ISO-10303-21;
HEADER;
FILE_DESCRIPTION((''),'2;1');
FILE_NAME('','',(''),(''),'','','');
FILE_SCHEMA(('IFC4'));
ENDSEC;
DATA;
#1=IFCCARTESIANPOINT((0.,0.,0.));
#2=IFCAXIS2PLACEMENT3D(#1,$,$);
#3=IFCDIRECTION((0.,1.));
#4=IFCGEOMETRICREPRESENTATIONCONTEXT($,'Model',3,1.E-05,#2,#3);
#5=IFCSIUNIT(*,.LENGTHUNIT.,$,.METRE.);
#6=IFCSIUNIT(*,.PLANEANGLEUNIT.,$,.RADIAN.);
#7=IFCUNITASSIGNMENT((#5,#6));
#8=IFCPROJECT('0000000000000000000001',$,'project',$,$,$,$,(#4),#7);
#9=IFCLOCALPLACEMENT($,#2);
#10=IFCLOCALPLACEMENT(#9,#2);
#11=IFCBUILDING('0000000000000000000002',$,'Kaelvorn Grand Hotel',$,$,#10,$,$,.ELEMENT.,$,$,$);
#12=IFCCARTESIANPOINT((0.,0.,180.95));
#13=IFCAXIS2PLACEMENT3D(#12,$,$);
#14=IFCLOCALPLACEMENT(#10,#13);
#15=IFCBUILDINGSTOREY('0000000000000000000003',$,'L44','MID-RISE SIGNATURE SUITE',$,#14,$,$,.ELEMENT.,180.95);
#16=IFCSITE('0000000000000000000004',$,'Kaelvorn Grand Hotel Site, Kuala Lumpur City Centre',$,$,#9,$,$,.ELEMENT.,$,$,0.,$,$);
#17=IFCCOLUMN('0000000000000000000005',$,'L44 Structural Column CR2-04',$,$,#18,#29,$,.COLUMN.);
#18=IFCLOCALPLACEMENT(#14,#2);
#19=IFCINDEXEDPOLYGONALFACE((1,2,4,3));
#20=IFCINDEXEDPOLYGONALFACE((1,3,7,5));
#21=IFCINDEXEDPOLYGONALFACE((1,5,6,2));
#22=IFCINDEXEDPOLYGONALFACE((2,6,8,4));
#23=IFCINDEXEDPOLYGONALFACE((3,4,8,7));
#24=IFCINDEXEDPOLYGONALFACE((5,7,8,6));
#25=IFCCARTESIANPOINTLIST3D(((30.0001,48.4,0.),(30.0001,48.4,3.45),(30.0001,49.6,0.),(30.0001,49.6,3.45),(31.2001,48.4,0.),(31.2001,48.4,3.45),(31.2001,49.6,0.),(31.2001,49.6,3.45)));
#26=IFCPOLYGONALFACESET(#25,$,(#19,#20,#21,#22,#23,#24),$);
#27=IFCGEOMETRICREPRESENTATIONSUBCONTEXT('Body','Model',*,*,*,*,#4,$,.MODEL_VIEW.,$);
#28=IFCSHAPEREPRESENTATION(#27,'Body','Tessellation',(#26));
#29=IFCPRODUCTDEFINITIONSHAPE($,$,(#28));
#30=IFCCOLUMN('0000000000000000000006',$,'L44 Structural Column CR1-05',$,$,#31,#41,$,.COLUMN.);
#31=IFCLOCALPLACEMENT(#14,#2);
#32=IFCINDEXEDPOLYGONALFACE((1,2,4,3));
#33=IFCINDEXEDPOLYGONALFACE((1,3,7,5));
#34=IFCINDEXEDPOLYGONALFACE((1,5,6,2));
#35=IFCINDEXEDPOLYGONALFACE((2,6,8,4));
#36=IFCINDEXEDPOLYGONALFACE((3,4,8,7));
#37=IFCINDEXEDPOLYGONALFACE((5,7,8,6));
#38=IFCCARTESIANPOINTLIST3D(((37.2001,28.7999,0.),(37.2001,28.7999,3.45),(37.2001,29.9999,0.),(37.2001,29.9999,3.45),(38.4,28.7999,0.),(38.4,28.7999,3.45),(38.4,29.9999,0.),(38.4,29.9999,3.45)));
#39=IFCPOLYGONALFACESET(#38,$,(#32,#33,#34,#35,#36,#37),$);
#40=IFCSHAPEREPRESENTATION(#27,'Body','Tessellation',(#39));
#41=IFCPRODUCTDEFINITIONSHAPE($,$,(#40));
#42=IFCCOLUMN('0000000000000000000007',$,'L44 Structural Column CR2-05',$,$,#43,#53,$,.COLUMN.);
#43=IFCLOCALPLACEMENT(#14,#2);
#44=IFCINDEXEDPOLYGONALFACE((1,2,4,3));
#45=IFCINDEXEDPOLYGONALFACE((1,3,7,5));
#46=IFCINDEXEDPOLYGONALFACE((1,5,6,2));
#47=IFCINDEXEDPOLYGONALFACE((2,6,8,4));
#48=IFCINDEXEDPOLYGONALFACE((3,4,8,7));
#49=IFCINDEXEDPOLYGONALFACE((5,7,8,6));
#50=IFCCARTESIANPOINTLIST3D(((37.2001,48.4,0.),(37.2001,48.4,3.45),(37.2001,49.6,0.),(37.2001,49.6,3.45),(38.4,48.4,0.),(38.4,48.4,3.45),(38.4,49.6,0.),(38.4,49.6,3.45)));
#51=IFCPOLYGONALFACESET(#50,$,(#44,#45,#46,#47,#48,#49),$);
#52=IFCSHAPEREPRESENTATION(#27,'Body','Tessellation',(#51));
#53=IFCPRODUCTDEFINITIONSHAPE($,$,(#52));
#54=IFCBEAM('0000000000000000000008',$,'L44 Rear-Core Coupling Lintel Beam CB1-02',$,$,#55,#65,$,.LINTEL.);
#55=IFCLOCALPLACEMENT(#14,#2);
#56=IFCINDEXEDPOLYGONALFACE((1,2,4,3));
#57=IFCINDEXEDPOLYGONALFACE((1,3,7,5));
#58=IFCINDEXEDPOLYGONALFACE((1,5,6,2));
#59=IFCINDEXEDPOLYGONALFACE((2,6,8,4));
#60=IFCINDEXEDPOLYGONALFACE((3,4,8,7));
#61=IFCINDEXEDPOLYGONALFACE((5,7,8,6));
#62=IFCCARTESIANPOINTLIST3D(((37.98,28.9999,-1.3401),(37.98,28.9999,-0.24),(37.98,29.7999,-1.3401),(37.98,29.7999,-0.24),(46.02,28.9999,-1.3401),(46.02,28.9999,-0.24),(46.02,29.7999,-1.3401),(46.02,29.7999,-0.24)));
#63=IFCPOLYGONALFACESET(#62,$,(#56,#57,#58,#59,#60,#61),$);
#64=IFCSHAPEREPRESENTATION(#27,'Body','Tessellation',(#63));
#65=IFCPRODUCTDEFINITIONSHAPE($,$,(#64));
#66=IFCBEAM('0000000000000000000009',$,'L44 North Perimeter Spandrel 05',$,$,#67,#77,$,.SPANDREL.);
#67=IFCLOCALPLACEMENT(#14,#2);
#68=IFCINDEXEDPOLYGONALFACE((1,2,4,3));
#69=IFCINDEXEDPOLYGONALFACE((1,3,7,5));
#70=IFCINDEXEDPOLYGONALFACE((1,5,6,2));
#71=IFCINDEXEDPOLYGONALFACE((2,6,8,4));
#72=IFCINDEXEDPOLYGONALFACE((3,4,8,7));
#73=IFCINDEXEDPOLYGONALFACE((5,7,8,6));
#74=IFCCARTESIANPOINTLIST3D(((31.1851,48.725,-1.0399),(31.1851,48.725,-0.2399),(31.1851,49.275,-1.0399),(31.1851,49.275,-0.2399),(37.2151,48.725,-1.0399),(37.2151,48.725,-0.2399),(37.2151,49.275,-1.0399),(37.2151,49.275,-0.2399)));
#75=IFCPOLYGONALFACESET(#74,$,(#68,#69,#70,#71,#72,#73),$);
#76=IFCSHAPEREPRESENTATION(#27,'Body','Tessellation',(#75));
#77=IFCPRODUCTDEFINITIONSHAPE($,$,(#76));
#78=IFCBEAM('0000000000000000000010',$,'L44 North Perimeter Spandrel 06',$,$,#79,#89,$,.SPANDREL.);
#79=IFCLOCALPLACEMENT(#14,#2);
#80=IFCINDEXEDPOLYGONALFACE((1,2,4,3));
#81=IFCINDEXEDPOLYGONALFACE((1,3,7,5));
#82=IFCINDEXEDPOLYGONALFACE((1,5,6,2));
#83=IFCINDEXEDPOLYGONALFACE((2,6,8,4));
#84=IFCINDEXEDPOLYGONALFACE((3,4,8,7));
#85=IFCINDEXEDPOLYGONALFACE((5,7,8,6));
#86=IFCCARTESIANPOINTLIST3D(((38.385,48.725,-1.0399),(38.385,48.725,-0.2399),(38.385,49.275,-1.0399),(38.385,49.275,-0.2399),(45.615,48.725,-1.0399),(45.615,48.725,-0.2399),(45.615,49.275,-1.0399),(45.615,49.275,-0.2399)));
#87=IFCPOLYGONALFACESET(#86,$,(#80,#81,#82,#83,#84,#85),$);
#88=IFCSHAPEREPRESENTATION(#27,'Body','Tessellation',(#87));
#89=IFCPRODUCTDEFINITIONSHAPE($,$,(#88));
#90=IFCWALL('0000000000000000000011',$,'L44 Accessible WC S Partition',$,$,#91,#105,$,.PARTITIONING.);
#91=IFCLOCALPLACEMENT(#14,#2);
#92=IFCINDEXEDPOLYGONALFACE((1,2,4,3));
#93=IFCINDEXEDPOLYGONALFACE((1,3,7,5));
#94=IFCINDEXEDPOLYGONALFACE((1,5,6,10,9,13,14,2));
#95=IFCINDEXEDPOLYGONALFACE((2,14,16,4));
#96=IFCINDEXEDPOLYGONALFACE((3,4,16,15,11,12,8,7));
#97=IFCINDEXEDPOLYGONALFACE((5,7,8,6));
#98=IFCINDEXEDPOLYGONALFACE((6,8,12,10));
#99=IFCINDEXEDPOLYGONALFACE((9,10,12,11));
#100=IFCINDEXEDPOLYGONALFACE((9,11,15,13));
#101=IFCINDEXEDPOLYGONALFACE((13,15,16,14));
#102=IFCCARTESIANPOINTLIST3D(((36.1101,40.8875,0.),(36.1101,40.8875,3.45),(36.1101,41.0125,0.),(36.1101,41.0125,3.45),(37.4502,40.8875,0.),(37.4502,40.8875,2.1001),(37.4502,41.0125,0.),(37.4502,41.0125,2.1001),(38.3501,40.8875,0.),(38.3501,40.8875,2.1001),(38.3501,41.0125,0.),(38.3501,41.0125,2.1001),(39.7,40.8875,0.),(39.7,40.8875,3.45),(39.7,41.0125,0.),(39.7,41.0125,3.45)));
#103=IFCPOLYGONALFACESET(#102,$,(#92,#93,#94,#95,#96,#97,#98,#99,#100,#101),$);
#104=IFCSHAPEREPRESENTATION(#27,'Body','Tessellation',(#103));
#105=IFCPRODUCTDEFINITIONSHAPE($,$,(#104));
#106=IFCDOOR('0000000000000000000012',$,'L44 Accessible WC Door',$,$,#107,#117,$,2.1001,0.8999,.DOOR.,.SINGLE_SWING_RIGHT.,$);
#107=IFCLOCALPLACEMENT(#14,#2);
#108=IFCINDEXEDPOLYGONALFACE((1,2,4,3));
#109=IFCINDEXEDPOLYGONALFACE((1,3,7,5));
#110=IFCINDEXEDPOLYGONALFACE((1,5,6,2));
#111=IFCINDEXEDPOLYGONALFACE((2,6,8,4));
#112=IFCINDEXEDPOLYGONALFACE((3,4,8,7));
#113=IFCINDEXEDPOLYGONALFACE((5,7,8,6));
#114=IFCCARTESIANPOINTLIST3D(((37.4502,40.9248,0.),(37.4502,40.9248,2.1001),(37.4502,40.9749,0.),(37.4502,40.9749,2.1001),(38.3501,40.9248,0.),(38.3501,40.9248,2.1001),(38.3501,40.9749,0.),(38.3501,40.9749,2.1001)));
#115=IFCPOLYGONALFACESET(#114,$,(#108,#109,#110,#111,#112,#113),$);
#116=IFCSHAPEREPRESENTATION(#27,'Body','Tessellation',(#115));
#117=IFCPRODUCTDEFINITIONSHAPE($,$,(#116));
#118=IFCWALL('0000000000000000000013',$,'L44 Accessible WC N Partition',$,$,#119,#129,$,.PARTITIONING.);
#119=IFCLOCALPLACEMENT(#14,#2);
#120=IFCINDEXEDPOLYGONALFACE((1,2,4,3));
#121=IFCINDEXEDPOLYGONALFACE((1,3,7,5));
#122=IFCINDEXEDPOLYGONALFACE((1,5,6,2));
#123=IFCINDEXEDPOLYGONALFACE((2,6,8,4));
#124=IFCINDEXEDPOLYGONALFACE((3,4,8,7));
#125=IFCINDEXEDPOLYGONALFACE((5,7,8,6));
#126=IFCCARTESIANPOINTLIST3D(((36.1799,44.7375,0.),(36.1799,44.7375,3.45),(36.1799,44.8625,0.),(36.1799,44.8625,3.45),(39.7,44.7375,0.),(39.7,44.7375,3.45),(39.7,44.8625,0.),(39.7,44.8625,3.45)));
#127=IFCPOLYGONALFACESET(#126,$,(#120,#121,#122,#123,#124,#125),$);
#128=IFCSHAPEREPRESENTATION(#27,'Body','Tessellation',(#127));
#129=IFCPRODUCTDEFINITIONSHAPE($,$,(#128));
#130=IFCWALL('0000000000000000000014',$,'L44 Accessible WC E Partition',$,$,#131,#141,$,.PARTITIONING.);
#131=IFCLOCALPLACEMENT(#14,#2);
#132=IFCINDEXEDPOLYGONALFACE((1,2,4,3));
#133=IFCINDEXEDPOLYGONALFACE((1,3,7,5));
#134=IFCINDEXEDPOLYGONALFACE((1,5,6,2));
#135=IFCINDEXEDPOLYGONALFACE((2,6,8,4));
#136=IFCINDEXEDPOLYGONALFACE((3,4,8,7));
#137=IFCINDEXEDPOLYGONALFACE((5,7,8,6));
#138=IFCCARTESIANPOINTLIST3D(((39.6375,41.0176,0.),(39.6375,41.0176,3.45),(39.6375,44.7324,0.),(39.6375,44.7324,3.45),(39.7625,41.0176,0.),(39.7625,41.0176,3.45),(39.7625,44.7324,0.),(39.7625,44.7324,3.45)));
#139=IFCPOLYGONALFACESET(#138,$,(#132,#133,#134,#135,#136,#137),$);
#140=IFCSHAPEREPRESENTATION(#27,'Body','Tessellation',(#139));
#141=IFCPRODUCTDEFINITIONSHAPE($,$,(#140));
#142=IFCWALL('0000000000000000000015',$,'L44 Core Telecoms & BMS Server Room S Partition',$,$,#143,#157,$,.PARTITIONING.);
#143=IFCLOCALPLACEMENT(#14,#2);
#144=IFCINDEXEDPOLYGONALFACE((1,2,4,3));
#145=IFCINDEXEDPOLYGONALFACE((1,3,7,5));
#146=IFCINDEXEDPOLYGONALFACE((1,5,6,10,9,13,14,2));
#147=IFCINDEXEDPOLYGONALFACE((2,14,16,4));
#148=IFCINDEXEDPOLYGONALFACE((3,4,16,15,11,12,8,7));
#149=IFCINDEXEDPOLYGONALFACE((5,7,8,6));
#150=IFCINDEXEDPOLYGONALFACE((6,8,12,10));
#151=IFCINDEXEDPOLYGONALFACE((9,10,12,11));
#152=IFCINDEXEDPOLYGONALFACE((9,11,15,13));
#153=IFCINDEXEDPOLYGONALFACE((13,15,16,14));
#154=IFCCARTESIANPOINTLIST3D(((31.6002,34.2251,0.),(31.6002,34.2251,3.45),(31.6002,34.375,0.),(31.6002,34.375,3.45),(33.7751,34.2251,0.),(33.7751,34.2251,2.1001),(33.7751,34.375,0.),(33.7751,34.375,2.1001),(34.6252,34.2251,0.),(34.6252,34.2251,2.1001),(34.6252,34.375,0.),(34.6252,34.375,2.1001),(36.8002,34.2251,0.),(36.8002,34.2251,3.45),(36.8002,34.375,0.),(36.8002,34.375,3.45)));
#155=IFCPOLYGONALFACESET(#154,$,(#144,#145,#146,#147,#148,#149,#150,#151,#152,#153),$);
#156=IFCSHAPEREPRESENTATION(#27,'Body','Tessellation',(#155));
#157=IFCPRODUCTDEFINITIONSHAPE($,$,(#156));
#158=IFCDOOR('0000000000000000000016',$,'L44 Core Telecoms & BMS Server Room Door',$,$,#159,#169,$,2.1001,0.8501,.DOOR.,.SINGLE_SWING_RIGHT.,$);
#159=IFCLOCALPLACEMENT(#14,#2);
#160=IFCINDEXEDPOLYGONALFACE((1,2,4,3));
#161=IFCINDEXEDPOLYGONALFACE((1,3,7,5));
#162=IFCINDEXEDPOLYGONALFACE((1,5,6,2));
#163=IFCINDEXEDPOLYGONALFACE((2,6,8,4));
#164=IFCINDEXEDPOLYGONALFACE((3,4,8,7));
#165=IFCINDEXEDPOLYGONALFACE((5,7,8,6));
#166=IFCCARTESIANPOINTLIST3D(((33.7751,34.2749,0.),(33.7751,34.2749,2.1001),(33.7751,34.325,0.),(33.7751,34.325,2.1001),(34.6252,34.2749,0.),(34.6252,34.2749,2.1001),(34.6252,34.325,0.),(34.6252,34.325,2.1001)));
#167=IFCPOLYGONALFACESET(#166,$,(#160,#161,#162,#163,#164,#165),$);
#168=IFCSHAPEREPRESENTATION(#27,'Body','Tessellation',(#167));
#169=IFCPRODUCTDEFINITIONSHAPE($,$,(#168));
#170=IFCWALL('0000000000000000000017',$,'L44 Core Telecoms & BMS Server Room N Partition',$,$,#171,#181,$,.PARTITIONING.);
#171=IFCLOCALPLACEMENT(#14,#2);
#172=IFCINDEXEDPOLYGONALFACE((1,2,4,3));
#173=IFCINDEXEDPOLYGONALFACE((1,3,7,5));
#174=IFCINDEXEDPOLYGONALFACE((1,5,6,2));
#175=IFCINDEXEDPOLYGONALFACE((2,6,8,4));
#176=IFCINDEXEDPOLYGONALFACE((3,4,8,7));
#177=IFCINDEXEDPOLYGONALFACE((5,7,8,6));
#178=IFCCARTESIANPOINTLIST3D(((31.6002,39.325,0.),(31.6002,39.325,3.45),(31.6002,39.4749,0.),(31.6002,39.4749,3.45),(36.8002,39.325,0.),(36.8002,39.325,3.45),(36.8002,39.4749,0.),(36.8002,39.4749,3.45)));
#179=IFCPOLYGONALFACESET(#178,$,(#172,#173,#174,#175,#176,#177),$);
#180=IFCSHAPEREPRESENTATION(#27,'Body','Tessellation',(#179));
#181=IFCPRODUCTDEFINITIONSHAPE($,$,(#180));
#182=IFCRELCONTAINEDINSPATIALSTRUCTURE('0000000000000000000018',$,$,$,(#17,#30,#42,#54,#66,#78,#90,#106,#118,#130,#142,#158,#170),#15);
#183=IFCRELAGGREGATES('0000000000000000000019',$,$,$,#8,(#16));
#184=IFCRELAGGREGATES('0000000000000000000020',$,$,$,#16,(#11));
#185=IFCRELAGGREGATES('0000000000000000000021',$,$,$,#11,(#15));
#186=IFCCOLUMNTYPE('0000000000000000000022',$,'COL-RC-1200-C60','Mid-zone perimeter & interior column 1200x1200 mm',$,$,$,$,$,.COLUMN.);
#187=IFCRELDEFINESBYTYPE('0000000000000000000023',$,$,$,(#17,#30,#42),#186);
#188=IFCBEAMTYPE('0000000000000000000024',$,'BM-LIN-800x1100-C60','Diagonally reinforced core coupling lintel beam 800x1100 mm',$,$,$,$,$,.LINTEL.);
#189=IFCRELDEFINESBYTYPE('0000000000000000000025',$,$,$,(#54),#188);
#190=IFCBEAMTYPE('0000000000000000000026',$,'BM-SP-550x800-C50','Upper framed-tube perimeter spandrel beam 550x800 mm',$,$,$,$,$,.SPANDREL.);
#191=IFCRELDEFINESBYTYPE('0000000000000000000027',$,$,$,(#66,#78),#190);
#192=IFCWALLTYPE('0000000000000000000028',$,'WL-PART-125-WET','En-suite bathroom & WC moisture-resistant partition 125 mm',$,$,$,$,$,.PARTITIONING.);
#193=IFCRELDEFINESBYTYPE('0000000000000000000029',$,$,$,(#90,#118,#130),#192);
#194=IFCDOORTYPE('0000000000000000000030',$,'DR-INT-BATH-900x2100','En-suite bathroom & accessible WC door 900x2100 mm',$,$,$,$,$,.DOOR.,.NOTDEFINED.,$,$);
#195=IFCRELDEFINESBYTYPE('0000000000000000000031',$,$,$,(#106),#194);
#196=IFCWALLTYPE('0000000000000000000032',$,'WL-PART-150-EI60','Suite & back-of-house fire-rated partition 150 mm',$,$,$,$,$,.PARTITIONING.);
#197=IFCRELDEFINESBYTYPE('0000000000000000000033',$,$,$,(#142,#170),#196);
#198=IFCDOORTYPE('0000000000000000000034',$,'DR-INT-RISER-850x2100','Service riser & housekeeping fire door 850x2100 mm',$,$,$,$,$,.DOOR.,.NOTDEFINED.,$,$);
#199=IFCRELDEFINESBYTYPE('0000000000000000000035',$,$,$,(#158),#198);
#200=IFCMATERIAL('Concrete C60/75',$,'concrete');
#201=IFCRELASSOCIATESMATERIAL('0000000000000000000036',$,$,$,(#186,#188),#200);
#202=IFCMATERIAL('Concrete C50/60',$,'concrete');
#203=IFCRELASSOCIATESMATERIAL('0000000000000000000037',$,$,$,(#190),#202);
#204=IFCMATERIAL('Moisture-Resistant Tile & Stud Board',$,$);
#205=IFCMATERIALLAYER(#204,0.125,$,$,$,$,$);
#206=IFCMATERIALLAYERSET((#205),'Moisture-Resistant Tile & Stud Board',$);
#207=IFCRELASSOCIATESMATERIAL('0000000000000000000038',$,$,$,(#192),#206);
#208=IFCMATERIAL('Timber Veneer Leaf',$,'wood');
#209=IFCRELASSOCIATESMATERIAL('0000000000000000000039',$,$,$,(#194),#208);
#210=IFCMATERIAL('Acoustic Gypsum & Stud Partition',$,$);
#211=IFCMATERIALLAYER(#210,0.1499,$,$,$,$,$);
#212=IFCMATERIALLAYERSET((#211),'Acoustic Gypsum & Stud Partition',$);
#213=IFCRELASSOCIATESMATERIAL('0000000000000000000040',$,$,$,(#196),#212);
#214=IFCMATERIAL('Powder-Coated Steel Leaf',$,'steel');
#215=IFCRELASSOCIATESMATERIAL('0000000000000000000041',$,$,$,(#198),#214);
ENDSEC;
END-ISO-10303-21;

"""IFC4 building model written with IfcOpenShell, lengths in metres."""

from ifc_helpers import new_model, si_unit, direction, frame, frame_2d, origin, origin_2d, place, context, subcontext, project, spatial, rectangle, extrude, material, layer, layer_set, material_profile, profile_set, type_object, element, fill, save


model = new_model("IFC4")

# Units and contexts
model_context = context("Model", 3, precision=1e-05, world=origin(), true_north=direction((0.0, 1.0)))
body_context = subcontext(model_context, "Body", "Model", "MODEL_VIEW")
ifc_project = project(units=[si_unit("LENGTHUNIT", "METRE"), si_unit("PLANEANGLEUNIT", "RADIAN")], contexts=[model_context])

# Site, building, storey
site_placement = place(None, origin())
site = spatial("IfcSite", under=ifc_project, at=site_placement, Name="Kaelvorn Grand Hotel Site, Kuala Lumpur City Centre", CompositionType="ELEMENT", RefElevation=0.0)
building_placement = place(site_placement, origin())
building = spatial("IfcBuilding", under=site, at=building_placement, Name="Kaelvorn Grand Hotel", CompositionType="ELEMENT")
storey_placement = place(building_placement, frame((0.0, 0.0, 180.95)))
storey = spatial("IfcBuildingStorey", under=building, at=storey_placement, Name="L44", Description="MID-RISE SIGNATURE SUITE", CompositionType="ELEMENT", Elevation=180.95)

# Columns
ifc_material_1 = material(Name="Concrete C60/75", Category="concrete")
ifc_material_profile_1 = material_profile(ifc_material_1, rectangle(XDim=1.2, YDim=1.2, at=origin_2d()), Name="RC COL 1200x1200")
ifc_profile_set_1 = profile_set([ifc_material_profile_1], Name="Concrete C60/75")
column_type = type_object("IfcColumnType", Name="COL-RC-1200-C60", Description="Mid-zone perimeter & interior column 1200x1200 mm", PredefinedType="COLUMN", material=ifc_profile_set_1)
for number, where, z_axis, x_axis, name in (
    (1, (30.6001, 49.0, 0.0), (0.0, 0.0, 1.0), (1.0, 0.0, 0.0), "L44 Structural Column CR2-04"),
    (2, (37.8, 29.3999, 0.0), (0.0, 0.0, 1.0), (1.0, 0.0, 0.0), "L44 Structural Column CR1-05"),
    (3, (37.8, 49.0, 0.0), (0.0, 0.0, 1.0), (1.0, 0.0, 0.0), "L44 Structural Column CR2-05"),
):
    element("IfcColumn", number, at=place(storey_placement, frame(where, z_axis=z_axis, x_axis=x_axis)), inside=storey, type_object=column_type, Name=name, PredefinedType="COLUMN", context=body_context, shape_type="SweptSolid", body=[
        extrude(rectangle(XDim=1.2, YDim=1.2, at=origin_2d()), origin(), (0.0, 0.0, 1.0), 3.45),
    ])

# Beams
ifc_material_profile_2 = material_profile(ifc_material_1, rectangle(XDim=0.8, YDim=1.1001, at=origin_2d()), Name="RC LINTEL 800x1100")
ifc_profile_set_2 = profile_set([ifc_material_profile_2], Name="Concrete C60/75")
beam_type_1 = type_object("IfcBeamType", Name="BM-LIN-800x1100-C60", Description="Diagonally reinforced core coupling lintel beam 800x1100 mm", PredefinedType="LINTEL", material=ifc_profile_set_2)
beam_1_placement = place(storey_placement, frame((37.98, 29.3999, -0.79), z_axis=(1.0, 0.0, 0.0), x_axis=(0.0, 1.0, 0.0)))
element("IfcBeam", 4, at=beam_1_placement, inside=storey, type_object=beam_type_1, Name="L44 Rear-Core Coupling Lintel Beam CB1-02", PredefinedType="LINTEL", context=body_context, shape_type="SweptSolid", body=[
    extrude(rectangle(XDim=0.8, YDim=1.1001, at=origin_2d()), origin(), (0.0, 0.0, 1.0), 8.04),
])
ifc_material_2 = material(Name="Concrete C50/60", Category="concrete")
ifc_material_profile_3 = material_profile(ifc_material_2, rectangle(XDim=0.55, YDim=0.8, at=origin_2d()), Name="RC SPANDREL 550x800")
ifc_profile_set_3 = profile_set([ifc_material_profile_3], Name="Concrete C50/60")
beam_type_2 = type_object("IfcBeamType", Name="BM-SP-550x800-C50", Description="Upper framed-tube perimeter spandrel beam 550x800 mm", PredefinedType="SPANDREL", material=ifc_profile_set_3)
beam_2_placement = place(storey_placement, frame((31.1851, 49.0, -0.6399), z_axis=(1.0, 0.0, 0.0), x_axis=(0.0, 1.0, 0.0)))
element("IfcBeam", 5, at=beam_2_placement, inside=storey, type_object=beam_type_2, Name="L44 North Perimeter Spandrel 05", PredefinedType="SPANDREL", context=body_context, shape_type="SweptSolid", body=[
    extrude(rectangle(XDim=0.55, YDim=0.8, at=origin_2d()), origin(), (0.0, 0.0, 1.0), 6.03),
])
beam_3_placement = place(storey_placement, frame((38.385, 49.0, -0.6399), z_axis=(1.0, 0.0, 0.0), x_axis=(0.0, 1.0, 0.0)))
element("IfcBeam", 6, at=beam_3_placement, inside=storey, type_object=beam_type_2, Name="L44 North Perimeter Spandrel 06", PredefinedType="SPANDREL", context=body_context, shape_type="SweptSolid", body=[
    extrude(rectangle(XDim=0.55, YDim=0.8, at=origin_2d()), origin(), (0.0, 0.0, 1.0), 7.23),
])

# Wall, opening, door
ifc_material_3 = material(Name="Moisture-Resistant Tile & Stud Board")
ifc_layer_1 = layer(ifc_material_3, 0.125)
ifc_layer_set_1 = layer_set([ifc_layer_1], Name="Moisture-Resistant Tile & Stud Board")
wall_type_1 = type_object("IfcWallType", Name="WL-PART-125-WET", Description="En-suite bathroom & WC moisture-resistant partition 125 mm", PredefinedType="PARTITIONING", material=ifc_layer_set_1)
wall_1_placement = place(storey_placement, frame((36.1101, 40.95, 0.0), z_axis=(0.0, 0.0, 1.0), x_axis=(1.0, 0.0, 0.0)))
wall_1 = element("IfcWall", 7, at=wall_1_placement, inside=storey, type_object=wall_type_1, Name="L44 Accessible WC S Partition", PredefinedType="PARTITIONING", context=body_context, shape_type="SweptSolid", body=[
    extrude(rectangle(XDim=3.5898, YDim=0.125, at=frame_2d((1.7949, 0.0))), origin(), (0.0, 0.0, 1.0), 3.45),
])
opening_1_placement = place(wall_1_placement, frame((1.3401, 0.0, 0.0)))
opening_1 = element("IfcOpeningElement", 8, at=opening_1_placement, cuts=wall_1, PredefinedType="OPENING", context=body_context, shape_type="SweptSolid", body=[
    extrude(rectangle(XDim=0.8999, YDim=2.1001, at=frame_2d((0.45, 1.05))), frame((0.0, 0.0725, 0.0), z_axis=(0.0, -1.0, 0.0), x_axis=(1.0, 0.0, 0.0)), (0.0, 0.0, 1.0), 0.145),
])
ifc_material_4 = material(Name="Timber Veneer Leaf", Category="wood")
door_type_1 = type_object("IfcDoorType", Name="DR-INT-BATH-900x2100", Description="En-suite bathroom & accessible WC door 900x2100 mm", OperationType="NOTDEFINED", PredefinedType="DOOR", material=ifc_material_4)
door_1_placement = place(opening_1_placement, origin())
door_1 = element("IfcDoor", 9, at=door_1_placement, inside=storey, type_object=door_type_1, Name="L44 Accessible WC Door", OperationType="SINGLE_SWING_RIGHT", OverallHeight=2.1001, OverallWidth=0.8999, PredefinedType="DOOR", context=body_context, shape_type="SweptSolid", body=[
    extrude(rectangle(XDim=0.8999, YDim=2.1001, at=frame_2d((0.45, 1.05))), frame((0.0, 0.0249, 0.0), z_axis=(0.0, -1.0, 0.0), x_axis=(1.0, 0.0, 0.0)), (0.0, 0.0, 1.0), 0.05),
])
fill(opening_1, door_1)

# Walls
wall_2_placement = place(storey_placement, frame((36.1799, 44.8, 0.0), z_axis=(0.0, 0.0, 1.0), x_axis=(1.0, 0.0, 0.0)))
element("IfcWall", 10, at=wall_2_placement, inside=storey, type_object=wall_type_1, Name="L44 Accessible WC N Partition", PredefinedType="PARTITIONING", context=body_context, shape_type="SweptSolid", body=[
    extrude(rectangle(XDim=3.52, YDim=0.125, at=frame_2d((1.76, 0.0))), origin(), (0.0, 0.0, 1.0), 3.45),
])
wall_3_placement = place(storey_placement, frame((39.7, 41.0176, 0.0), z_axis=(0.0, 0.0, 1.0), x_axis=(0.0, 1.0, 0.0)))
element("IfcWall", 11, at=wall_3_placement, inside=storey, type_object=wall_type_1, Name="L44 Accessible WC E Partition", PredefinedType="PARTITIONING", context=body_context, shape_type="SweptSolid", body=[
    extrude(rectangle(XDim=3.7148, YDim=0.125, at=frame_2d((1.8574, 0.0))), origin(), (0.0, 0.0, 1.0), 3.45),
])

# Wall, opening, door
ifc_material_5 = material(Name="Acoustic Gypsum & Stud Partition")
ifc_layer_2 = layer(ifc_material_5, 0.1499)
ifc_layer_set_2 = layer_set([ifc_layer_2], Name="Acoustic Gypsum & Stud Partition")
wall_type_2 = type_object("IfcWallType", Name="WL-PART-150-EI60", Description="Suite & back-of-house fire-rated partition 150 mm", PredefinedType="PARTITIONING", material=ifc_layer_set_2)
wall_4_placement = place(storey_placement, frame((31.6001, 34.3, 0.0), z_axis=(0.0, 0.0, 1.0), x_axis=(1.0, 0.0, 0.0)))
wall_4 = element("IfcWall", 12, at=wall_4_placement, inside=storey, type_object=wall_type_2, Name="L44 Core Telecoms & BMS Server Room S Partition", PredefinedType="PARTITIONING", context=body_context, shape_type="SweptSolid", body=[
    extrude(rectangle(XDim=5.2, YDim=0.1499, at=frame_2d((2.6001, 0.0))), origin(), (0.0, 0.0, 1.0), 3.45),
])
opening_2_placement = place(wall_4_placement, frame((2.175, 0.0, 0.0)))
opening_2 = element("IfcOpeningElement", 13, at=opening_2_placement, cuts=wall_4, PredefinedType="OPENING", context=body_context, shape_type="SweptSolid", body=[
    extrude(rectangle(XDim=0.8501, YDim=2.1001, at=frame_2d((0.425, 1.05))), frame((0.0, 0.085, 0.0), z_axis=(0.0, -1.0, 0.0), x_axis=(1.0, 0.0, 0.0)), (0.0, 0.0, 1.0), 0.1699),
])
ifc_material_6 = material(Name="Powder-Coated Steel Leaf", Category="steel")
door_type_2 = type_object("IfcDoorType", Name="DR-INT-RISER-850x2100", Description="Service riser & housekeeping fire door 850x2100 mm", OperationType="NOTDEFINED", PredefinedType="DOOR", material=ifc_material_6)
door_2_placement = place(opening_2_placement, origin())
door_2 = element("IfcDoor", 14, at=door_2_placement, inside=storey, type_object=door_type_2, Name="L44 Core Telecoms & BMS Server Room Door", OperationType="SINGLE_SWING_RIGHT", OverallHeight=2.1001, OverallWidth=0.8501, PredefinedType="DOOR", context=body_context, shape_type="SweptSolid", body=[
    extrude(rectangle(XDim=0.8501, YDim=2.1001, at=frame_2d((0.425, 1.05))), frame((0.0, 0.0249, 0.0), z_axis=(0.0, -1.0, 0.0), x_axis=(1.0, 0.0, 0.0)), (0.0, 0.0, 1.0), 0.05),
])
fill(opening_2, door_2)

# Wall
wall_5_placement = place(storey_placement, frame((31.6001, 39.3999, 0.0), z_axis=(0.0, 0.0, 1.0), x_axis=(1.0, 0.0, 0.0)))
element("IfcWall", 15, at=wall_5_placement, inside=storey, type_object=wall_type_2, Name="L44 Core Telecoms & BMS Server Room N Partition", PredefinedType="PARTITIONING", context=body_context, shape_type="SweptSolid", body=[
    extrude(rectangle(XDim=5.2, YDim=0.1499, at=frame_2d((2.6001, 0.0))), origin(), (0.0, 0.0, 1.0), 3.45),
])

save(model, "model.ifc")
